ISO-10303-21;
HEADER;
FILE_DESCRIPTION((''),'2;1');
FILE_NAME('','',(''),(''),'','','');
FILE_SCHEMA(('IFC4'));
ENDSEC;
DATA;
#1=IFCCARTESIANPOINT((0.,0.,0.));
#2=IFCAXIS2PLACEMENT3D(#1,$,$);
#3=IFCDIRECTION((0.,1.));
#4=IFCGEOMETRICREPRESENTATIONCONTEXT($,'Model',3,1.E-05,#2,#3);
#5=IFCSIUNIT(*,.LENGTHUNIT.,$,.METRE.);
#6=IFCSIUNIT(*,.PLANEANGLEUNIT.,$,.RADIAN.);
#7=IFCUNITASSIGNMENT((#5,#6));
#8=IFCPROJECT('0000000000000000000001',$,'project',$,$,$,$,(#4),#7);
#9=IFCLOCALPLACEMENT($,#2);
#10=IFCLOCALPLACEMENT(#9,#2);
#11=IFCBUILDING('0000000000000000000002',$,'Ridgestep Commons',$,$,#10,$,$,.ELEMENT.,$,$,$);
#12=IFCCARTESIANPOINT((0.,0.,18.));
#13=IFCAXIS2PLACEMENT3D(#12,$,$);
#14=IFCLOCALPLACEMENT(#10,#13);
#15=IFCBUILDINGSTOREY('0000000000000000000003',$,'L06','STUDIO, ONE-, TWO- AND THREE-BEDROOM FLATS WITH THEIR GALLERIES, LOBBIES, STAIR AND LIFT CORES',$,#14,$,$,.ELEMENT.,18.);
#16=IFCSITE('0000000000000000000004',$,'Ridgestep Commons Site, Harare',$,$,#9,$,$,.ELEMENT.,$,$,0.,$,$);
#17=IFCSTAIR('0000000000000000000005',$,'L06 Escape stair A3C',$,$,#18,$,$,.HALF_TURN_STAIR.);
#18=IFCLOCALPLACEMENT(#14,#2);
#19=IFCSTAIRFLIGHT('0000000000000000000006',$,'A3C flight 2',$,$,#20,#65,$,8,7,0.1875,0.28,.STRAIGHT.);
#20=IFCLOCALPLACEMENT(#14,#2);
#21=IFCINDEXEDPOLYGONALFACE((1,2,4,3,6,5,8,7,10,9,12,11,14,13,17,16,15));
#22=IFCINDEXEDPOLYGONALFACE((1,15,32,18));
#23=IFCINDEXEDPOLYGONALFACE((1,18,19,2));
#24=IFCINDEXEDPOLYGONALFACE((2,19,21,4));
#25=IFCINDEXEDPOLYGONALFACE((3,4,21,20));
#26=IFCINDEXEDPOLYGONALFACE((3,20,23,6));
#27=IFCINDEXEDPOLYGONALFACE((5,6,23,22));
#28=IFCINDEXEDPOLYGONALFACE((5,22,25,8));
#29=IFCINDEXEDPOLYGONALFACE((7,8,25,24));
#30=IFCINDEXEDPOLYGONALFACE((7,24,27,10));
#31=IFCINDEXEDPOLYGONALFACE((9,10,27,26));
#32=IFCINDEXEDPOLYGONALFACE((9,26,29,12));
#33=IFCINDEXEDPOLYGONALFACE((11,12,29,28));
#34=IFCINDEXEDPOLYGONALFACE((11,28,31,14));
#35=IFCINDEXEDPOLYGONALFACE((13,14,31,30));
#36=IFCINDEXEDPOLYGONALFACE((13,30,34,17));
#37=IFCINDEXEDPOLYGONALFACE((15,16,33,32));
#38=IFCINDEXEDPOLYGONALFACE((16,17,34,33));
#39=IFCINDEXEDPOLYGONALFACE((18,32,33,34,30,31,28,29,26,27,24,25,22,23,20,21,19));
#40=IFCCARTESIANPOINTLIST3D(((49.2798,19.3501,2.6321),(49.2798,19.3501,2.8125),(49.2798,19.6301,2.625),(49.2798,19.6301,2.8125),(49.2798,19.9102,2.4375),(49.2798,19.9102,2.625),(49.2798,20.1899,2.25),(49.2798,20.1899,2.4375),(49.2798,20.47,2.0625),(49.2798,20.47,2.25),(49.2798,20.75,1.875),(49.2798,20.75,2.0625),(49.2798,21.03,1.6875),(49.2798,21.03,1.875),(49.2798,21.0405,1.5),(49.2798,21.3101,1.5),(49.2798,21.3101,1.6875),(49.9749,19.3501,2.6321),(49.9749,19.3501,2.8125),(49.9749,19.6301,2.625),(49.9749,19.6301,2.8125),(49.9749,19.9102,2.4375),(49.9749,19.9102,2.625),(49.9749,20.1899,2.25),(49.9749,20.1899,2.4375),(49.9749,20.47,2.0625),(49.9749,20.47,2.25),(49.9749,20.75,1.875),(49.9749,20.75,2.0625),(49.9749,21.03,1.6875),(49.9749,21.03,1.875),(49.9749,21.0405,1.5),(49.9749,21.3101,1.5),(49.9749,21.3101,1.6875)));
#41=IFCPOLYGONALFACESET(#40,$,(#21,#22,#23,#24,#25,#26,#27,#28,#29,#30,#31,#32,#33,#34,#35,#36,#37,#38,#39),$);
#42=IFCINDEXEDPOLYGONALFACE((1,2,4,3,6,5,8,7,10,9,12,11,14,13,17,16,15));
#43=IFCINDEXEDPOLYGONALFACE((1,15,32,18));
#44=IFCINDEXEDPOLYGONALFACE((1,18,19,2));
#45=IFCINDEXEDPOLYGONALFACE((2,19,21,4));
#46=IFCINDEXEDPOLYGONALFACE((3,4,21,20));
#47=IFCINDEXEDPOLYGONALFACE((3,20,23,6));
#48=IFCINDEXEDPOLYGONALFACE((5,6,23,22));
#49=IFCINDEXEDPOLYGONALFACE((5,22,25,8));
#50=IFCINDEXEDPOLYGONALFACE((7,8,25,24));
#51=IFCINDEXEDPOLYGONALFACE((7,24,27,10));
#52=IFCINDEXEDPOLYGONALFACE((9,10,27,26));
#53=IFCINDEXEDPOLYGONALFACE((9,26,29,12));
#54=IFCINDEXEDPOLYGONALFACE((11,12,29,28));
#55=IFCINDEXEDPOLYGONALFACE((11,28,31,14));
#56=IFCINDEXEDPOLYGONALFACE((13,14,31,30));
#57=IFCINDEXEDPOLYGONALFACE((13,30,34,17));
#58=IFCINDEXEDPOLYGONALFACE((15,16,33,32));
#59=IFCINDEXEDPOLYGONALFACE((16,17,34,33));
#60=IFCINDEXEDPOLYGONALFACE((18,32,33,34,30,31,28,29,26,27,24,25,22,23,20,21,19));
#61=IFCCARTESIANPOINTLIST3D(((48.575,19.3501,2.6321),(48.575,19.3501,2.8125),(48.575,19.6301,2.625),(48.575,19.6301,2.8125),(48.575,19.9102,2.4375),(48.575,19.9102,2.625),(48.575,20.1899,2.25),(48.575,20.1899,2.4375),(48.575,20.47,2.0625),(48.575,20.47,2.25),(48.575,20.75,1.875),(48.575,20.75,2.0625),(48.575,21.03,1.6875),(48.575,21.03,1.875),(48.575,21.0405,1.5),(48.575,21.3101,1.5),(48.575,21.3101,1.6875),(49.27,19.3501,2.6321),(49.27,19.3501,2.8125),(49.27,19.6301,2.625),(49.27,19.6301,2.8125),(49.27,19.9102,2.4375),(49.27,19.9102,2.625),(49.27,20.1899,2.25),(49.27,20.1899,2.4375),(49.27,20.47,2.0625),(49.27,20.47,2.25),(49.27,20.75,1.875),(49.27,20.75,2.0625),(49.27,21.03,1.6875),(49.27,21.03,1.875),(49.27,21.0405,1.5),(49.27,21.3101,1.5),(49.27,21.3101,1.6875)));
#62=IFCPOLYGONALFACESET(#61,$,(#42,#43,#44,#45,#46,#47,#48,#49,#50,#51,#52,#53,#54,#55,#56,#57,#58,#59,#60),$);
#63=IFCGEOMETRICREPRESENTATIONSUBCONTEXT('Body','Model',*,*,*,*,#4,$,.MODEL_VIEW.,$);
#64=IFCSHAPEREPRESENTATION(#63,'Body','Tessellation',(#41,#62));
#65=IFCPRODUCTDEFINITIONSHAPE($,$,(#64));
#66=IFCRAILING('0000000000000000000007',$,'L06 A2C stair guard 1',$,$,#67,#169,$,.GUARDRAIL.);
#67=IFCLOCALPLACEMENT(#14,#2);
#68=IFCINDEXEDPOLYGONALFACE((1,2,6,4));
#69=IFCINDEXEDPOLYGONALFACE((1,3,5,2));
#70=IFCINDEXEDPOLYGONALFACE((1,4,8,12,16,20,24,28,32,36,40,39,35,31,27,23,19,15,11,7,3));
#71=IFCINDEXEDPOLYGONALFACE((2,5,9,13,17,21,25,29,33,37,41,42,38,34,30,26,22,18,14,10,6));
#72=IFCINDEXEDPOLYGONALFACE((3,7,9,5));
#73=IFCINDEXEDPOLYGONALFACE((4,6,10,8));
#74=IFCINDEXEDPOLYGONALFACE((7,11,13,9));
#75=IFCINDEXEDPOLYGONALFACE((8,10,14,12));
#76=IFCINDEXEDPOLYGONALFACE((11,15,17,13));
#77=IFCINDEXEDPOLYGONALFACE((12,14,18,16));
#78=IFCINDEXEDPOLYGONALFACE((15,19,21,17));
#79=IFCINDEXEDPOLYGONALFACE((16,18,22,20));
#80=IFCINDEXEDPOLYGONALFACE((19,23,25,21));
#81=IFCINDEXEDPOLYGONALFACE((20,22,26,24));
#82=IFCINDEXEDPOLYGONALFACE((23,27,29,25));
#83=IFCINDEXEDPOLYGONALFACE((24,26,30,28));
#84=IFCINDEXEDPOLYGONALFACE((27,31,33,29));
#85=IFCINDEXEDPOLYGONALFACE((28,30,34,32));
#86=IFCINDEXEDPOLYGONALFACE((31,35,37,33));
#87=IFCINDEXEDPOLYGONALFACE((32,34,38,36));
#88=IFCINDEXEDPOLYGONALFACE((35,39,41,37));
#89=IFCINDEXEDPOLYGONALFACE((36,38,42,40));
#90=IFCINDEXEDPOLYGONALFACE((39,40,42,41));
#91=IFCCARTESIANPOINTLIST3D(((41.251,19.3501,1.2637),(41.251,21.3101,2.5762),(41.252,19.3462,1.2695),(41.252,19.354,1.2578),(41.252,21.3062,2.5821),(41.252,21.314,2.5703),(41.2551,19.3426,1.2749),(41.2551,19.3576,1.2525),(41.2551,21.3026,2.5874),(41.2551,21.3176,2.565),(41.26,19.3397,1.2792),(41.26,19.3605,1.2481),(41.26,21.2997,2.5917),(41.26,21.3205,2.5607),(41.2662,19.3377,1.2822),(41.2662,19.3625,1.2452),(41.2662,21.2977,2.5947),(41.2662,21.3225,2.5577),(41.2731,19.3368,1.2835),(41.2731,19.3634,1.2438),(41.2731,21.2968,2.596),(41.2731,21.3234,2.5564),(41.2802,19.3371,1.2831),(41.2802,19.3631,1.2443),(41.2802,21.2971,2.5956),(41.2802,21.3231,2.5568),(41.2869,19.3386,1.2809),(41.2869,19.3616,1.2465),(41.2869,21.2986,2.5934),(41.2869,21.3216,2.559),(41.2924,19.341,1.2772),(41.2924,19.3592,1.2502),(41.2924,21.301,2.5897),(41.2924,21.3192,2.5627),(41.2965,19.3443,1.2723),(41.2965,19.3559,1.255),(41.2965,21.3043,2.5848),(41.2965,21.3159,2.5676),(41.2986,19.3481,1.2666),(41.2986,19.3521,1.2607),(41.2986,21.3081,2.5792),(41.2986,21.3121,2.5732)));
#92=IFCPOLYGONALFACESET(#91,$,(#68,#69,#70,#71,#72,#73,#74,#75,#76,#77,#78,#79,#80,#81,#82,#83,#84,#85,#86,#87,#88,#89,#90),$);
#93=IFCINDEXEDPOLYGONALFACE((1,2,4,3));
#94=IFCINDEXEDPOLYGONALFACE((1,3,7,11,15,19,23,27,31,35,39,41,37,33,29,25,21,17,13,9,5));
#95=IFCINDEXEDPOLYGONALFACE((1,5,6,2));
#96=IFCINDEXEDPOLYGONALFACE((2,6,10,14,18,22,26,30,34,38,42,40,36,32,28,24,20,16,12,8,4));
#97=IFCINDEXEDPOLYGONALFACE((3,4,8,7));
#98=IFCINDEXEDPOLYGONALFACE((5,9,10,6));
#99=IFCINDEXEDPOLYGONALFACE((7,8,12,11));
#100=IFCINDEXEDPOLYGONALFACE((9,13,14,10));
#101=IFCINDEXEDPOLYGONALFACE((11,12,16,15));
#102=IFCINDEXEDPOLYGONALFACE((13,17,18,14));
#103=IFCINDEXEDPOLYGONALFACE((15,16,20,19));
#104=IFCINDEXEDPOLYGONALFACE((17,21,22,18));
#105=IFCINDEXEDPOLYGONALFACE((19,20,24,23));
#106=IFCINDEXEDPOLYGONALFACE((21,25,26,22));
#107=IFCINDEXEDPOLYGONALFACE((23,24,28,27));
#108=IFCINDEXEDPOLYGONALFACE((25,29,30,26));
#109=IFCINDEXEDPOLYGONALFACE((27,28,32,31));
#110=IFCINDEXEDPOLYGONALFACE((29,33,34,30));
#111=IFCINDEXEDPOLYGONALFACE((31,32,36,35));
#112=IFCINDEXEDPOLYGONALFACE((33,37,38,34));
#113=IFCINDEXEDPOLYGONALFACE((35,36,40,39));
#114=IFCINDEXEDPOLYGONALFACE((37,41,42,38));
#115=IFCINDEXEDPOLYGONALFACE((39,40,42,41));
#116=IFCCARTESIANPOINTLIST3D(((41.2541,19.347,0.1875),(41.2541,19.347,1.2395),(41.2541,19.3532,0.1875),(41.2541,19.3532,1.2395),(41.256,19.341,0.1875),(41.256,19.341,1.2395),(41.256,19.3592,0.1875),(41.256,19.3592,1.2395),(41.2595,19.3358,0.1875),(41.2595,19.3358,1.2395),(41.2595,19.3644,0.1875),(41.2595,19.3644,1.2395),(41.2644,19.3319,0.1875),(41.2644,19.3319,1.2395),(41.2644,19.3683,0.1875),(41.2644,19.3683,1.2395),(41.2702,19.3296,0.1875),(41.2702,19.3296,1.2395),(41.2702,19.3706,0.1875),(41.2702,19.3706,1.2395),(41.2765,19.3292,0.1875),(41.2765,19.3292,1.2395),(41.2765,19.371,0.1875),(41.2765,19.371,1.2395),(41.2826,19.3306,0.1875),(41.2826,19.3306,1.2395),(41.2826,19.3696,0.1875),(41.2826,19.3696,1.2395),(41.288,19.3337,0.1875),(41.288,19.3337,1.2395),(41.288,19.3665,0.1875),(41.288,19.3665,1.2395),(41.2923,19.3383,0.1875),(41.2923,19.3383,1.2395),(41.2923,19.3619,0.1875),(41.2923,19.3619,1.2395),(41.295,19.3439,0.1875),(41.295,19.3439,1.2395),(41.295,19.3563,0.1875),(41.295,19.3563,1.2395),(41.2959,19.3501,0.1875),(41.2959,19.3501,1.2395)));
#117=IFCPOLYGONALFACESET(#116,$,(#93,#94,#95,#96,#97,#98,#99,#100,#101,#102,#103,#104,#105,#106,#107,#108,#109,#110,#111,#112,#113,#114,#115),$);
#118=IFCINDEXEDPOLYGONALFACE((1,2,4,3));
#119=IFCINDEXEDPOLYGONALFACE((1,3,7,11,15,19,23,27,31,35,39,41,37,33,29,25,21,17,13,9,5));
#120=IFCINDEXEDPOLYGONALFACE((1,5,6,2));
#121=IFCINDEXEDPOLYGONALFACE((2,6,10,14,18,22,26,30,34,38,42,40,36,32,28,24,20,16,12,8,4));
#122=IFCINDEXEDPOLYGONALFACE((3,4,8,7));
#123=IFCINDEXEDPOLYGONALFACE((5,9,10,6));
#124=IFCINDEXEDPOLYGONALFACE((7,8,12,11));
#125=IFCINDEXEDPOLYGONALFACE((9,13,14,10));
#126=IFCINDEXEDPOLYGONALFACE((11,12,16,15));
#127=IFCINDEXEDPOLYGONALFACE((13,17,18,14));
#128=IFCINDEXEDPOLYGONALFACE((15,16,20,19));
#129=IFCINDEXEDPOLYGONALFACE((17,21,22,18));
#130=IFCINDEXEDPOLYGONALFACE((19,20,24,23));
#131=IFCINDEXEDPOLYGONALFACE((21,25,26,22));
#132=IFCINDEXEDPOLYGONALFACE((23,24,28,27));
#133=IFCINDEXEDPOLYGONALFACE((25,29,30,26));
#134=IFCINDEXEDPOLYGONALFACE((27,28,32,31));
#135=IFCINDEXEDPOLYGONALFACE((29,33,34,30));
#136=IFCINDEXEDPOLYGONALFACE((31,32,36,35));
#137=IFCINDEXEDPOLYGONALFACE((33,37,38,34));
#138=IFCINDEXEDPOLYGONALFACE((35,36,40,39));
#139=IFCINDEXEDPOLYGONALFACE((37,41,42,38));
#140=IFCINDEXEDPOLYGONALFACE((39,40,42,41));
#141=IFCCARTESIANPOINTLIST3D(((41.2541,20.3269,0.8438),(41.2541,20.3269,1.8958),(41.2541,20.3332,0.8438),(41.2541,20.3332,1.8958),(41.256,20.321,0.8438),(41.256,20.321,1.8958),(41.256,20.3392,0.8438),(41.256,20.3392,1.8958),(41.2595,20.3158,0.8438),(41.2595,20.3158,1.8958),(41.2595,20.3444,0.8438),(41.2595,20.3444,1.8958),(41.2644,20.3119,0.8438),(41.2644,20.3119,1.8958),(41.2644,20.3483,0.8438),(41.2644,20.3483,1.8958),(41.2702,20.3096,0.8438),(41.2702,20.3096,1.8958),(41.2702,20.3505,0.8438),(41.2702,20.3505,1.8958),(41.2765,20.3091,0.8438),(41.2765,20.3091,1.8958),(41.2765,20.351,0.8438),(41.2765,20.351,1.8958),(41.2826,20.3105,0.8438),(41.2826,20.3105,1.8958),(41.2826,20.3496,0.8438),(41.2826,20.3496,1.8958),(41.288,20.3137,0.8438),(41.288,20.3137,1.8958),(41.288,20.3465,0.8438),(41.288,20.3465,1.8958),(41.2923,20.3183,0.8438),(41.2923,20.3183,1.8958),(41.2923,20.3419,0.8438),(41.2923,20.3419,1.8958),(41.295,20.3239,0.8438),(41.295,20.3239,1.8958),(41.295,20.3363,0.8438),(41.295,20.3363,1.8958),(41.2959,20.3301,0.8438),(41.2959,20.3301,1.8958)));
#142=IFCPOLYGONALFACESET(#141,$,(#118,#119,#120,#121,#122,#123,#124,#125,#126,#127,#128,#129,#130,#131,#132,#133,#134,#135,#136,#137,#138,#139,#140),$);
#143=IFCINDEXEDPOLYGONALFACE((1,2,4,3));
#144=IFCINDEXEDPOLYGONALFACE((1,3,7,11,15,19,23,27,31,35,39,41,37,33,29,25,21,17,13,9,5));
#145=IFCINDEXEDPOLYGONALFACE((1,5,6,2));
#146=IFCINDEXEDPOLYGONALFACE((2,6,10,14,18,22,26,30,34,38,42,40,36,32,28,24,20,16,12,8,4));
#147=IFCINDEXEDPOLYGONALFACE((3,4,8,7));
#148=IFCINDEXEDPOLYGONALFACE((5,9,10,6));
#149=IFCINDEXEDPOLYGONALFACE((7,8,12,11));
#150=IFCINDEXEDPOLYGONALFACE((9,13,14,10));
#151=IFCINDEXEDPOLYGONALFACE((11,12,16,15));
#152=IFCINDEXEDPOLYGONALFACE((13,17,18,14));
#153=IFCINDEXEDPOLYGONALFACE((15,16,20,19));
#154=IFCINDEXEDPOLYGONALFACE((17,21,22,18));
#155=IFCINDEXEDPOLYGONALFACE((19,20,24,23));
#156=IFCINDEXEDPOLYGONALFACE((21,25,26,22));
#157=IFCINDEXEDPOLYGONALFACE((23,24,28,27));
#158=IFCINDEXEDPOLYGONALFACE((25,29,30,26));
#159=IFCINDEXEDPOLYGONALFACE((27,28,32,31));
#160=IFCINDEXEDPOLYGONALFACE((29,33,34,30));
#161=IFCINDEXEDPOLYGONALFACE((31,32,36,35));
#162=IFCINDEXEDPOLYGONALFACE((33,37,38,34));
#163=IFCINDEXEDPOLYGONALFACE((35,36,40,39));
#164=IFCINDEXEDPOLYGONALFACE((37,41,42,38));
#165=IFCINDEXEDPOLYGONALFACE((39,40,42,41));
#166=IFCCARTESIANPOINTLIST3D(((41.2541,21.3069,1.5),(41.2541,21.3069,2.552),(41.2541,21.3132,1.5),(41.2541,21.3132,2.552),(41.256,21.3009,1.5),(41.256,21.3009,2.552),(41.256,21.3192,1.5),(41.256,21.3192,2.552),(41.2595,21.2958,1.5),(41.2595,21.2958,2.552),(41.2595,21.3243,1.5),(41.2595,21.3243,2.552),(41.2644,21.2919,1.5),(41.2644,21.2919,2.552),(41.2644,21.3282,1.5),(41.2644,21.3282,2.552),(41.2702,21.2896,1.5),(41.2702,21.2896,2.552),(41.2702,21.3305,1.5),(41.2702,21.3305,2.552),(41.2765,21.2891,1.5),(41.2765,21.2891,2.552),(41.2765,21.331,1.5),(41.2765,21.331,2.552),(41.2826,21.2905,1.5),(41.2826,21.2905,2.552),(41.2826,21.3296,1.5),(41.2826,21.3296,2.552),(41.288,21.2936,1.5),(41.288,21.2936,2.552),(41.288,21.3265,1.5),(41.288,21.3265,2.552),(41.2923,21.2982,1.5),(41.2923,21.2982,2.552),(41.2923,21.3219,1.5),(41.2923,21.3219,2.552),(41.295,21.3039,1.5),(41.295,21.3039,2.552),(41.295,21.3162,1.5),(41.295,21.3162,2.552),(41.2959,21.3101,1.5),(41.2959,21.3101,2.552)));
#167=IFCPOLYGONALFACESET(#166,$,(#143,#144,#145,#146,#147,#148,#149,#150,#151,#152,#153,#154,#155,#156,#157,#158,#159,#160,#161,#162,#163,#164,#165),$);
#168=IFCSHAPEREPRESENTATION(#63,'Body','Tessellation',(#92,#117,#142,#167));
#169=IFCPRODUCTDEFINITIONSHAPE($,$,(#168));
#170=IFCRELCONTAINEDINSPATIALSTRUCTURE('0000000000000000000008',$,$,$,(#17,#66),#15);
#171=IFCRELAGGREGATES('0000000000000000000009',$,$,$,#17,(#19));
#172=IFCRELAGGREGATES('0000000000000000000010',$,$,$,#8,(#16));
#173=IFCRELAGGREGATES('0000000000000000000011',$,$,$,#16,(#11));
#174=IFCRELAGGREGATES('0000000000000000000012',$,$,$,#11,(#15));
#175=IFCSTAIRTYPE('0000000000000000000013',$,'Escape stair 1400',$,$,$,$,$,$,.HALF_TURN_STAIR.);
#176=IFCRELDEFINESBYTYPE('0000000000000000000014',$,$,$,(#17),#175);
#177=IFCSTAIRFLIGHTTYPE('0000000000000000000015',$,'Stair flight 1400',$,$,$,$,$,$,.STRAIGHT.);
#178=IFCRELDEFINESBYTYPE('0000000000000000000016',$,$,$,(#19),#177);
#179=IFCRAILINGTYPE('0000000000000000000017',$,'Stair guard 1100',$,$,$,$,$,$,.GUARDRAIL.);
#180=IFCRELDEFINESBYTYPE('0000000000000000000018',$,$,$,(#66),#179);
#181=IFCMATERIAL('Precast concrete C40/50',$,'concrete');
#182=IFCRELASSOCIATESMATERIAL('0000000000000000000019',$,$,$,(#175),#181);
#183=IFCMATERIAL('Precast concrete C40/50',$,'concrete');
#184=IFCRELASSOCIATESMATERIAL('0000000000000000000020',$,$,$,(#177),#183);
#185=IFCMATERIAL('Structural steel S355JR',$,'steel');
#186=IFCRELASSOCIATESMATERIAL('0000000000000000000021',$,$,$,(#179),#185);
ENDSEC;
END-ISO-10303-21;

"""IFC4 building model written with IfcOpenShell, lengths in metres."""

from ifc_helpers import new_model, si_unit, direction, frame, origin, origin_2d, place, context, subcontext, project, spatial, polyline, circle, outline, extrude, material, type_object, element, aggregate, save


model = new_model("IFC4")

# Units and contexts
model_context = context("Model", 3, precision=1e-05, world=origin(), true_north=direction((0.0, 1.0)))
body_context = subcontext(model_context, "Body", "Model", "MODEL_VIEW")
ifc_project = project(units=[si_unit("LENGTHUNIT", "METRE"), si_unit("PLANEANGLEUNIT", "RADIAN")], contexts=[model_context])

# Site, building, storey
site_placement = place(None, origin())
site = spatial("IfcSite", under=ifc_project, at=site_placement, Name="Ridgestep Commons Site, Harare", CompositionType="ELEMENT", RefElevation=0.0)
building_placement = place(site_placement, origin())
building = spatial("IfcBuilding", under=site, at=building_placement, Name="Ridgestep Commons", CompositionType="ELEMENT")
storey_placement = place(building_placement, frame((0.0, 0.0, 18.0)))
storey = spatial("IfcBuildingStorey", under=building, at=storey_placement, Name="L06", Description="STUDIO, ONE-, TWO- AND THREE-BEDROOM FLATS WITH THEIR GALLERIES, LOBBIES, STAIR AND LIFT CORES", CompositionType="ELEMENT", Elevation=18.0)

# Stair, stair flight
ifc_material_1 = material(Name="Precast concrete C40/50", Category="concrete")
stair_type = type_object("IfcStairType", Name="Escape stair 1400", PredefinedType="HALF_TURN_STAIR", material=ifc_material_1)
ifc_material_2 = material(Name="Precast concrete C40/50", Category="concrete")
stair_flight_type = type_object("IfcStairFlightType", Name="Stair flight 1400", PredefinedType="STRAIGHT", material=ifc_material_2)
stair_1_placement = place(storey_placement, origin())
stair_1 = element("IfcStair", 1, at=stair_1_placement, inside=storey, type_object=stair_type, Name="L06 Escape stair A3C", PredefinedType="HALF_TURN_STAIR")
stair_flight_1_placement = place(storey_placement, frame((49.2749, 21.3101, 1.5), z_axis=(0.0, 0.0, 1.0), x_axis=(0.0, -1.0, 0.0)))
stair_flight_1 = element("IfcStairFlight", 2, at=stair_flight_1_placement, type_object=stair_flight_type, Name="A3C flight 2", NumberOfRisers=8, NumberOfTreads=7, PredefinedType="STRAIGHT", RiserHeight=0.1875, TreadLength=0.28, context=body_context, shape_type="SweptSolid", body=[
    extrude(outline(polyline([(0.0, 0.0), (0.0, 0.1875), (0.28, 0.1875), (0.28, 0.375), (0.5601, 0.375), (0.5601, 0.5625), (0.8401, 0.5625), (0.8401, 0.75), (1.1201, 0.75), (1.1201, 0.9375), (1.3999, 0.9375), (1.3999, 1.125), (1.6799, 1.125), (1.6799, 1.3125), (1.96, 1.3125), (1.96, 1.5), (1.96, 1.1321), (0.2695, 0.0), (0.0, 0.0)])), frame((0.0, 0.7, 0.0), z_axis=(0.0, -1.0, 0.0), x_axis=(1.0, 0.0, 0.0)), (0.0, 0.0, 1.0), 0.6951),
    extrude(outline(polyline([(0.0, 0.0), (0.0, 0.1875), (0.28, 0.1875), (0.28, 0.375), (0.5601, 0.375), (0.5601, 0.5625), (0.8401, 0.5625), (0.8401, 0.75), (1.1201, 0.75), (1.1201, 0.9375), (1.3999, 0.9375), (1.3999, 1.125), (1.6799, 1.125), (1.6799, 1.3125), (1.96, 1.3125), (1.96, 1.5), (1.96, 1.1321), (0.2695, 0.0), (0.0, 0.0)])), frame((0.0, -0.0049, 0.0), z_axis=(0.0, -1.0, 0.0), x_axis=(1.0, 0.0, 0.0)), (0.0, 0.0, 1.0), 0.6951),
])
aggregate(stair_1, [stair_flight_1])

# Railing
ifc_material_3 = material(Name="Structural steel S355JR", Category="steel")
railing_type_1 = type_object("IfcRailingType", Name="Stair guard 1100", PredefinedType="GUARDRAIL", material=ifc_material_3)
railing_1_placement = place(storey_placement, frame((41.2749, 19.3501, 0.1875)))
element("IfcRailing", 3, at=railing_1_placement, inside=storey, type_object=railing_type_1, Name="L06 A2C stair guard 1", PredefinedType="GUARDRAIL", context=body_context, shape_type="SweptSolid", body=[
    extrude(circle(Radius=0.0239, at=origin_2d()), frame((0.0, 0.0, 1.0762), z_axis=(0.0, 0.830902, 0.556419), x_axis=(-1.0, 0.0, 0.0)), (0.0, 0.0, 1.0), 2.3589),
    extrude(circle(Radius=0.021, at=origin_2d()), origin(), (0.0, 0.0, 1.0), 1.052),
    extrude(circle(Radius=0.021, at=origin_2d()), frame((0.0, 0.98, 0.6562)), (0.0, 0.0, 1.0), 1.052),
    extrude(circle(Radius=0.021, at=origin_2d()), frame((0.0, 1.96, 1.3125)), (0.0, 0.0, 1.0), 1.052),
])

save(model, "model.ifc")
